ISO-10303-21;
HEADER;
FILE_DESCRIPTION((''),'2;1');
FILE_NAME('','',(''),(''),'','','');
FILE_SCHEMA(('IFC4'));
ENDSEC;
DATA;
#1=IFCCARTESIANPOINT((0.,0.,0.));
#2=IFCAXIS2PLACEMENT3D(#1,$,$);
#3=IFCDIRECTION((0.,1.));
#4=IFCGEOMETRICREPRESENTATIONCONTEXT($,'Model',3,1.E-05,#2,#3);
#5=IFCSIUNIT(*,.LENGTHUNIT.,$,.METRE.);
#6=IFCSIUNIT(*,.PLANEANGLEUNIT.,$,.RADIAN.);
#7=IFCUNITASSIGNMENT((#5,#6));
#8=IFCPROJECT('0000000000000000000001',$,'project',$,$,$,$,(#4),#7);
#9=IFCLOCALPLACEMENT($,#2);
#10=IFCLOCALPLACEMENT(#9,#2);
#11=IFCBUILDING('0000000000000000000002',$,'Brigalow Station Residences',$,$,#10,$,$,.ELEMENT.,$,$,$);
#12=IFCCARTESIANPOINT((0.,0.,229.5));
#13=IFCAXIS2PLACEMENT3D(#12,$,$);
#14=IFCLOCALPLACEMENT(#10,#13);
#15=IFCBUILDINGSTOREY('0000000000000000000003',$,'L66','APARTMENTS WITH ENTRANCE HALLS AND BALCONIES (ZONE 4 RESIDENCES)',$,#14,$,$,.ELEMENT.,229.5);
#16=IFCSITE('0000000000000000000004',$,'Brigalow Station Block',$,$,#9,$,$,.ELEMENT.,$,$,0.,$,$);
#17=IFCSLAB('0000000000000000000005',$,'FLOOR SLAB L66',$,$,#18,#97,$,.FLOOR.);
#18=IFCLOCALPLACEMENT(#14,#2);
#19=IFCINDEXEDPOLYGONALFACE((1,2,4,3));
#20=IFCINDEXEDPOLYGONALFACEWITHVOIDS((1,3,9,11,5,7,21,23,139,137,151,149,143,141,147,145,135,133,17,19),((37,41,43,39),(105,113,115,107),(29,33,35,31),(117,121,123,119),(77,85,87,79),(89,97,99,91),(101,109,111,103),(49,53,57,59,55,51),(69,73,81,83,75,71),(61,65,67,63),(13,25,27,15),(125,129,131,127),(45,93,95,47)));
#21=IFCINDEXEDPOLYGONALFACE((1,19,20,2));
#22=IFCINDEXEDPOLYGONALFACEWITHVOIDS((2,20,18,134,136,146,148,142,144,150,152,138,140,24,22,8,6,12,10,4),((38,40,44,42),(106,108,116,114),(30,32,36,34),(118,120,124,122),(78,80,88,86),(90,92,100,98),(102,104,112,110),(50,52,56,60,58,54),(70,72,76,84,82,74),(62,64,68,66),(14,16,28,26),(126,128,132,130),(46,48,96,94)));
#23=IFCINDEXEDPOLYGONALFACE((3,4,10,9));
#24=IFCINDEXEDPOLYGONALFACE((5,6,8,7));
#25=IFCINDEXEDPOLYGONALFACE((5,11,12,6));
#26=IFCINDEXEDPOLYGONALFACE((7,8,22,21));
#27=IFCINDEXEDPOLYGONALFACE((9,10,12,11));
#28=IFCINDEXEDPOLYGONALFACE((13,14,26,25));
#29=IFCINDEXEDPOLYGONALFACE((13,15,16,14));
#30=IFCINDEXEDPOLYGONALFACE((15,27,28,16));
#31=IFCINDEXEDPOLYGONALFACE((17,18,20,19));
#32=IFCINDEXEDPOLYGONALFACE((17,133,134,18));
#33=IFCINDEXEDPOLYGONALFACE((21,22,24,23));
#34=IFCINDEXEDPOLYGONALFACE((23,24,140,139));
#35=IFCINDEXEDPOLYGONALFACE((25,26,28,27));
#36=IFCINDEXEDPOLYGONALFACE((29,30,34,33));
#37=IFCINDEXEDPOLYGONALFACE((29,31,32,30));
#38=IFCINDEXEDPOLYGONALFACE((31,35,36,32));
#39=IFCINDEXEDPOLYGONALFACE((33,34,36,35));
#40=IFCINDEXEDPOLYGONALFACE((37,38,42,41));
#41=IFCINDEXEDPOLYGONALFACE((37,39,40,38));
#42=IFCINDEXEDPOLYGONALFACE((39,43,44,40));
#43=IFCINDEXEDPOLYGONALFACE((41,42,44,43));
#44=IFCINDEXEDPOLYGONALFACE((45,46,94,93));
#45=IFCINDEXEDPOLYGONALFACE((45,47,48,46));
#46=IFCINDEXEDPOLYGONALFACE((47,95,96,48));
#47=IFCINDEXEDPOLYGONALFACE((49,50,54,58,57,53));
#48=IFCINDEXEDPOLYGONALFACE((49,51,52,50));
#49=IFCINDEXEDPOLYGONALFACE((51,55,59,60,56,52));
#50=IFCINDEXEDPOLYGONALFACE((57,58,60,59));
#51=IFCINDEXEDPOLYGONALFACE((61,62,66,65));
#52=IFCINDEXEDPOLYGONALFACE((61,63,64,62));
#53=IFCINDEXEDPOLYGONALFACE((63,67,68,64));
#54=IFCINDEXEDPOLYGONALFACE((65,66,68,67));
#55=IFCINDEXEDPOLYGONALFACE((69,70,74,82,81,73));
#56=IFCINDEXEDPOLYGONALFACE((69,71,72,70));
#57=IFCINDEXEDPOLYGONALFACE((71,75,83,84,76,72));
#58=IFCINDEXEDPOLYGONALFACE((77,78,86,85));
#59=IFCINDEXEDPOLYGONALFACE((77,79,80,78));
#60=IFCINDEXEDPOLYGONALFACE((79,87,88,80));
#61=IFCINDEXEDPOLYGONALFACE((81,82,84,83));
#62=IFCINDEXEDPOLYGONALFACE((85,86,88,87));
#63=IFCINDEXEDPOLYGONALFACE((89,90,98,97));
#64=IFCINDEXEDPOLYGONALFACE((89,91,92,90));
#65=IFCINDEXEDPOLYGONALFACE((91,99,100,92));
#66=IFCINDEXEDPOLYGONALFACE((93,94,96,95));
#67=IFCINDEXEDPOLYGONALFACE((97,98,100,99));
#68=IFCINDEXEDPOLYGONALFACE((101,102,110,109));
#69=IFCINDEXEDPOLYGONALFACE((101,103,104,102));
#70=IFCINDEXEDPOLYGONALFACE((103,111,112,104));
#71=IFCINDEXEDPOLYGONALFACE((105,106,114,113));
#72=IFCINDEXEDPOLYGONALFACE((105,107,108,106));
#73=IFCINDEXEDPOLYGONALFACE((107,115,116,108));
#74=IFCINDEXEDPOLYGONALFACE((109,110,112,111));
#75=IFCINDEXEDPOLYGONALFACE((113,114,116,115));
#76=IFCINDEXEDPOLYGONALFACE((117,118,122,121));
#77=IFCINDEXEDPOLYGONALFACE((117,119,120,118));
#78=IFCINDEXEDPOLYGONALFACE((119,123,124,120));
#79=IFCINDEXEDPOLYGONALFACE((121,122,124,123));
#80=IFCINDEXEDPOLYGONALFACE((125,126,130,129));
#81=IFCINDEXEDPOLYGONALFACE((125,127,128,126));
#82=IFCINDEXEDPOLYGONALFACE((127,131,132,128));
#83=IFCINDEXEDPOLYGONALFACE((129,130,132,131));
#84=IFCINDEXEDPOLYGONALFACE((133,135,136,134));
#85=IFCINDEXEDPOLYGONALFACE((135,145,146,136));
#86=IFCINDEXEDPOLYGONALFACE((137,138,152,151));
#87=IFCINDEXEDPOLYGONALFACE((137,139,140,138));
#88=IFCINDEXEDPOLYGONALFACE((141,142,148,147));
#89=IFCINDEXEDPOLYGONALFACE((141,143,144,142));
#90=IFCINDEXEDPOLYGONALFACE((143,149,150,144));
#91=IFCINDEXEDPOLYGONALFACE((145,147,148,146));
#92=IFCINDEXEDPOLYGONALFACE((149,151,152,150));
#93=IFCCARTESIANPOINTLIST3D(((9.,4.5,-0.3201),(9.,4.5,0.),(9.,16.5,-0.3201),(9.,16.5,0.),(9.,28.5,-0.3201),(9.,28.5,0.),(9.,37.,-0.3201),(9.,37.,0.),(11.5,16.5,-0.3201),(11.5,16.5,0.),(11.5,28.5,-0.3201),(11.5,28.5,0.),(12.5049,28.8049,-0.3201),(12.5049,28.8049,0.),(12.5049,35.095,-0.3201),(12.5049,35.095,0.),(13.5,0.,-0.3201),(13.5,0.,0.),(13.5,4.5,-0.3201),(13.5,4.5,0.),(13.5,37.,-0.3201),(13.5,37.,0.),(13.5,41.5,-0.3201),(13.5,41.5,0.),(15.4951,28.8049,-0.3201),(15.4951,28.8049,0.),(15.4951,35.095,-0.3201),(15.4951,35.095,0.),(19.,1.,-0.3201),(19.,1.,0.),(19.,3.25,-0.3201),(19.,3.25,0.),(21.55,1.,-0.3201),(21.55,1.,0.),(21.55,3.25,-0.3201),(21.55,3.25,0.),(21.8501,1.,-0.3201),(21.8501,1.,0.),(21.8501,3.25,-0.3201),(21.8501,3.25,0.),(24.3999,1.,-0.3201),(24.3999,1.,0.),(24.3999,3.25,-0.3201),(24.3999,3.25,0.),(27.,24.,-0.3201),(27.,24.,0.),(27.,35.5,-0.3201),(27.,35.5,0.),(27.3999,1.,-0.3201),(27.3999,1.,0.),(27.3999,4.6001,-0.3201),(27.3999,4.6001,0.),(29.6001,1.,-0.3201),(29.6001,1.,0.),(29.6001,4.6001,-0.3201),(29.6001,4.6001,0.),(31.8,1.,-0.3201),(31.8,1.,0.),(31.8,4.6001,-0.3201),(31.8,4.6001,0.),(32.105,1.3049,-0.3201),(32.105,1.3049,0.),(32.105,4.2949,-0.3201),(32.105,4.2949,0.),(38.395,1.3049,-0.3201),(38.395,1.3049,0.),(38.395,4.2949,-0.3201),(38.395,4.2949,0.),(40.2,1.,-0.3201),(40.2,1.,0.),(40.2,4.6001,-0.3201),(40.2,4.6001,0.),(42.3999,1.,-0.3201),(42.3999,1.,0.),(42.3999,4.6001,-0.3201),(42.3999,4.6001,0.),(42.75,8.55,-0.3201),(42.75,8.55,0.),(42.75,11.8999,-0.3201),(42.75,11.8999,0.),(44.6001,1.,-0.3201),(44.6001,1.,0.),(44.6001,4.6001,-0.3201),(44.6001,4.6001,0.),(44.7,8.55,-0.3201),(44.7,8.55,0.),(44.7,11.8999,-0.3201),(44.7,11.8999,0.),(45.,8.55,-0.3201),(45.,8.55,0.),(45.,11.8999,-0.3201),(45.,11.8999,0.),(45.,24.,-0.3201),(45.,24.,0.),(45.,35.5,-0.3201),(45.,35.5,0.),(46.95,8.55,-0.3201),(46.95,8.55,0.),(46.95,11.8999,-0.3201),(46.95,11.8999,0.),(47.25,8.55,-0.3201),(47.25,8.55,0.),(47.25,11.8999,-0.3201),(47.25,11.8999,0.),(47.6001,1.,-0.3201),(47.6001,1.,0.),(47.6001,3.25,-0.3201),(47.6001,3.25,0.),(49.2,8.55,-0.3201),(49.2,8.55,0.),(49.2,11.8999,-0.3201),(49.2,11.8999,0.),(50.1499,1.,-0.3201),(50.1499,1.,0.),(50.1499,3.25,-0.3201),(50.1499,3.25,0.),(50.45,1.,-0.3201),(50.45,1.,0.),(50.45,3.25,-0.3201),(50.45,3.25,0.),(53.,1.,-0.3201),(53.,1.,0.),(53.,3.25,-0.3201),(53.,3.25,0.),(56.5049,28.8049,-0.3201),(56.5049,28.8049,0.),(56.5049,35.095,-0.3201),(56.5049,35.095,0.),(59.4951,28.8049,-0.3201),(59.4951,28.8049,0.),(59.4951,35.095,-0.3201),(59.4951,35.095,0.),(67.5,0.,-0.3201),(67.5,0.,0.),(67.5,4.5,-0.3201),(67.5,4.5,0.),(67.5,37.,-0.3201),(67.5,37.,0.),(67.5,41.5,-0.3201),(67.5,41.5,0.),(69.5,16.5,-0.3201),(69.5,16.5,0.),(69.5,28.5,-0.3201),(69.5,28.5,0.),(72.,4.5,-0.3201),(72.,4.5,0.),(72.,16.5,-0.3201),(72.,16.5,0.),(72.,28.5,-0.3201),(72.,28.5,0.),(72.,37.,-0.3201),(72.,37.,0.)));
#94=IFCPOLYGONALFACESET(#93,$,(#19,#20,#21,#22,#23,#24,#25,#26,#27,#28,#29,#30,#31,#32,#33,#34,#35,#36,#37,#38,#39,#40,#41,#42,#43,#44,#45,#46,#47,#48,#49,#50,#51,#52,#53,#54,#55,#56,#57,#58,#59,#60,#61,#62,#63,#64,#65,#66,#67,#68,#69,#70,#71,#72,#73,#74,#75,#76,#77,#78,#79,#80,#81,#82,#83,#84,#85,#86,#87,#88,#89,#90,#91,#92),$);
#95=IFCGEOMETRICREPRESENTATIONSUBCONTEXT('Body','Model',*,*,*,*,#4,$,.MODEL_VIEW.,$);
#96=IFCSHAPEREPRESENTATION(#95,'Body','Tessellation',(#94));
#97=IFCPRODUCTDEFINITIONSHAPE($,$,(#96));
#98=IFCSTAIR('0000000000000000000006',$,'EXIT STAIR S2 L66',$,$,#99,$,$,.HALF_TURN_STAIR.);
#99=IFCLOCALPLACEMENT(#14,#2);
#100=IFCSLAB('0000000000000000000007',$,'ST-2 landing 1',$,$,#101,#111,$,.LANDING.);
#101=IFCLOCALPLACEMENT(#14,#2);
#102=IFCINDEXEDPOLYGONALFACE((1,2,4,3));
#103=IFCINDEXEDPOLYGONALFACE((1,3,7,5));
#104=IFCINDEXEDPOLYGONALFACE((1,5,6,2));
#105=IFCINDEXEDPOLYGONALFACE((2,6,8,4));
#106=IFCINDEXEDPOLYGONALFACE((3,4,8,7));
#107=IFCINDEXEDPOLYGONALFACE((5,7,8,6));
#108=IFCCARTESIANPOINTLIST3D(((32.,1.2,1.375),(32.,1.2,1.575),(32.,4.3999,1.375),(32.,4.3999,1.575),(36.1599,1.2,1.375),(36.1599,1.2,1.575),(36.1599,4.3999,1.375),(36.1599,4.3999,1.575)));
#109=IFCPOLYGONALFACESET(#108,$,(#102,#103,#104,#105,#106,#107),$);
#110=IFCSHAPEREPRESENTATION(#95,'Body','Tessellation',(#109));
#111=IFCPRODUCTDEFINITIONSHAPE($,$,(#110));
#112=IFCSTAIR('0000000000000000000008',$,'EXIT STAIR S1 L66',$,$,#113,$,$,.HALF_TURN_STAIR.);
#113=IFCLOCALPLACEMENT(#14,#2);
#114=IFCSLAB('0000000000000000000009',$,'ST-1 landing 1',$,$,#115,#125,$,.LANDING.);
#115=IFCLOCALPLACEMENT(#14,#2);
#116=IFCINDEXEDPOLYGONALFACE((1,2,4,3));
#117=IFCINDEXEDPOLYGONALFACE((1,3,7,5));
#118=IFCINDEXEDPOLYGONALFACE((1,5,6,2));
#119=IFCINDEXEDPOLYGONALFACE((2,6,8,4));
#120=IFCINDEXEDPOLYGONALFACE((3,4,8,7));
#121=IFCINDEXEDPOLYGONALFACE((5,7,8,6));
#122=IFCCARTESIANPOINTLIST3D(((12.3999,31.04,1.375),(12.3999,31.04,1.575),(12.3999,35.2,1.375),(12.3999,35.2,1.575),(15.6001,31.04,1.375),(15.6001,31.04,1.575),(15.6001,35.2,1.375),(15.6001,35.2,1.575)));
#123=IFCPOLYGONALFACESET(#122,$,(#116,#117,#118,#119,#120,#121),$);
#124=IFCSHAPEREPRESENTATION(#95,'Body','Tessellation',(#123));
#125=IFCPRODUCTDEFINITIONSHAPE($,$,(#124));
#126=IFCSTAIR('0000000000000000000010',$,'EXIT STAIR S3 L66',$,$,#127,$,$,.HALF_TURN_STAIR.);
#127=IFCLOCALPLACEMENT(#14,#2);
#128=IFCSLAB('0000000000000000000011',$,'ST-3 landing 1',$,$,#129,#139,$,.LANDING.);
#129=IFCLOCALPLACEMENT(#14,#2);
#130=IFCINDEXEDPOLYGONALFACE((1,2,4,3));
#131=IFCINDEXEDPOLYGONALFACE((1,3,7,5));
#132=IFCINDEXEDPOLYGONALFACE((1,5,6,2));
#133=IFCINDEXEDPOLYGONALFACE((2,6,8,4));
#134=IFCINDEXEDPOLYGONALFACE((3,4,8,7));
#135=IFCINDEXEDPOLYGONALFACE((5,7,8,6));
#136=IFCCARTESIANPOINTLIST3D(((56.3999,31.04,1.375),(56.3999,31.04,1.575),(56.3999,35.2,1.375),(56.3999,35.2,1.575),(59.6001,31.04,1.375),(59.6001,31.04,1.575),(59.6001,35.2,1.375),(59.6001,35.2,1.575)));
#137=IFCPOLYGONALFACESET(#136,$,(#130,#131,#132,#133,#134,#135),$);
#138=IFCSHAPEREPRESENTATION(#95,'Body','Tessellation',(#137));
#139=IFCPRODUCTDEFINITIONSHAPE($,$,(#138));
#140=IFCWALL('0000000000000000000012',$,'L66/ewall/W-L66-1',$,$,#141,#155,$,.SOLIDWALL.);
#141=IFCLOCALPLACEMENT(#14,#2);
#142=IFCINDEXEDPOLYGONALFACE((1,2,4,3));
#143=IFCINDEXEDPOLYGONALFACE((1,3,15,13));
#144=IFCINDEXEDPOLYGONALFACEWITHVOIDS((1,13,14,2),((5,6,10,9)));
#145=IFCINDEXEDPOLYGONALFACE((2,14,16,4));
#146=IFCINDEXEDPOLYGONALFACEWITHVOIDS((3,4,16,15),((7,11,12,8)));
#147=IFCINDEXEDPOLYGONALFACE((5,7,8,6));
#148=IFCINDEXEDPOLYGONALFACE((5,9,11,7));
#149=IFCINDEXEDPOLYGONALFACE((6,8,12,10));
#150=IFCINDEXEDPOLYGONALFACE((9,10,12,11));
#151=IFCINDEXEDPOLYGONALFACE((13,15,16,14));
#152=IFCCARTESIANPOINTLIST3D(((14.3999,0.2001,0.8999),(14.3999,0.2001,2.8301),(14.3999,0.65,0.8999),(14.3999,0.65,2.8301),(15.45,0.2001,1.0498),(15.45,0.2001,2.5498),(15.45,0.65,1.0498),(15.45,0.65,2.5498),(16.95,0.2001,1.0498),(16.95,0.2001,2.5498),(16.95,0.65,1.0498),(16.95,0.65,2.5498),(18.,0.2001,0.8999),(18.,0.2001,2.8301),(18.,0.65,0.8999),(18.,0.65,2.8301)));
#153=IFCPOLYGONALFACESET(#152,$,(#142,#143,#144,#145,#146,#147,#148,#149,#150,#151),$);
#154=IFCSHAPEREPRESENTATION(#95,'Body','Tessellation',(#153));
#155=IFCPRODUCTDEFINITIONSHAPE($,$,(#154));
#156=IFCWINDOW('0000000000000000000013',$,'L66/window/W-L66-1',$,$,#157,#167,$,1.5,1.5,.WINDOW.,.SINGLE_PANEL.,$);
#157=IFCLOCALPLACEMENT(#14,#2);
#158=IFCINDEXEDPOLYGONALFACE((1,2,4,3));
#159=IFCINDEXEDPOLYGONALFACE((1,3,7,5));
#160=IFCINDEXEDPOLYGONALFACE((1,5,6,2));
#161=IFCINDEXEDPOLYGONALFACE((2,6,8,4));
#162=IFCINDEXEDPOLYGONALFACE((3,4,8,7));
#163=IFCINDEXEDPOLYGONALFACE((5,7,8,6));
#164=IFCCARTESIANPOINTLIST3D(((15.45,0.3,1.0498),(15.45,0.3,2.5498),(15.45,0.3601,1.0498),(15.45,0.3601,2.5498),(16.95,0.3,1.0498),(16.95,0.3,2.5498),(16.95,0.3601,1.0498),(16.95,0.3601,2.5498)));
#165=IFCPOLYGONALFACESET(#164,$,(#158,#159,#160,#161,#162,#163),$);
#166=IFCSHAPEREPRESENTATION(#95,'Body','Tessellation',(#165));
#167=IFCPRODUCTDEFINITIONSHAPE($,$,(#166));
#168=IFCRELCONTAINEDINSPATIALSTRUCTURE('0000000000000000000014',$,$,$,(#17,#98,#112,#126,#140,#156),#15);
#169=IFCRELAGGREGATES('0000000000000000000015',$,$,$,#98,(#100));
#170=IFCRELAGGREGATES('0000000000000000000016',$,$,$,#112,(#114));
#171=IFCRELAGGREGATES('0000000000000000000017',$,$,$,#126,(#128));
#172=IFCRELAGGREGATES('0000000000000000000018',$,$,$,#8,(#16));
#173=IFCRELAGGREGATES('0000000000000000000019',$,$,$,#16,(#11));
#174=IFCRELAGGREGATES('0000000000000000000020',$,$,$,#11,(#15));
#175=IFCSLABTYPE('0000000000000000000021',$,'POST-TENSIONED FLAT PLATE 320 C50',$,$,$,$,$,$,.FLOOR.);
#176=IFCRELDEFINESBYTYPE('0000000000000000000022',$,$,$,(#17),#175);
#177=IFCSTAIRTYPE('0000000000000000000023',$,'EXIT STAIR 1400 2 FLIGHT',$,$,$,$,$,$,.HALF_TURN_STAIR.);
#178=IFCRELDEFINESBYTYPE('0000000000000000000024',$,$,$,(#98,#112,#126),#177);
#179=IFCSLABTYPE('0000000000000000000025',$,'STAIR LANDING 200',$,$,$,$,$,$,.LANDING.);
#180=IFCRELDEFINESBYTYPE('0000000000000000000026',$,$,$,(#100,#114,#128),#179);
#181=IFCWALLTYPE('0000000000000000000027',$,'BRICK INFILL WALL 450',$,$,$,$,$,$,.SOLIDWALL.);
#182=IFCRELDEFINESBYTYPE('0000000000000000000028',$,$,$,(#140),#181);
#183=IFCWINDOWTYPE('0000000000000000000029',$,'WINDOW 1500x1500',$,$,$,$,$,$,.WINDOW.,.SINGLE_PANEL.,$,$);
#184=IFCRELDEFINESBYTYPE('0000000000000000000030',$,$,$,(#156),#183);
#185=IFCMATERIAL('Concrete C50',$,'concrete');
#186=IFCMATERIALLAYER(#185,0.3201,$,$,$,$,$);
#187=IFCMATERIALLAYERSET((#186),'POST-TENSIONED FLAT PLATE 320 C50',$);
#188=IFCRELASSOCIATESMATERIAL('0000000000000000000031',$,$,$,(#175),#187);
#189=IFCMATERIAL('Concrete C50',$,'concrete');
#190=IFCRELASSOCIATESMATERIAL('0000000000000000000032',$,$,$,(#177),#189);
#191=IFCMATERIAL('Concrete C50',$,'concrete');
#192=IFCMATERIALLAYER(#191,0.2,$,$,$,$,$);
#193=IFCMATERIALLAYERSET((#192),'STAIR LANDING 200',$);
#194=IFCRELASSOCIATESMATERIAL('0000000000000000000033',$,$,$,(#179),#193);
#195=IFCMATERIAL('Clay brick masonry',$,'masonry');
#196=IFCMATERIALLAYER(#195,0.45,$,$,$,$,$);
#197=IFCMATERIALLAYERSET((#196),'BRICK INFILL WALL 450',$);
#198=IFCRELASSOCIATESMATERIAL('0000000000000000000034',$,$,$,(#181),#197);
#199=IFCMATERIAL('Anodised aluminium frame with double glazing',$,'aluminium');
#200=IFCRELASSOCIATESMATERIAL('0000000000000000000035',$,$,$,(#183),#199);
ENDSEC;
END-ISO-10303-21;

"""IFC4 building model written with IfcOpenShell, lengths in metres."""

from ifc_helpers import new_model, si_unit, direction, frame, frame_2d, origin, place, context, subcontext, project, spatial, polyline, rectangle, outline, extrude, material, layer, layer_set, type_object, element, fill, aggregate, save


model = new_model("IFC4")

# Units and contexts
model_context = context("Model", 3, precision=1e-05, world=origin(), true_north=direction((0.0, 1.0)))
body_context = subcontext(model_context, "Body", "Model", "MODEL_VIEW")
ifc_project = project(units=[si_unit("LENGTHUNIT", "METRE"), si_unit("PLANEANGLEUNIT", "RADIAN")], contexts=[model_context])

# Site, building, storey
site_placement = place(None, origin())
site = spatial("IfcSite", under=ifc_project, at=site_placement, Name="Brigalow Station Block", CompositionType="ELEMENT", RefElevation=0.0)
building_placement = place(site_placement, origin())
building = spatial("IfcBuilding", under=site, at=building_placement, Name="Brigalow Station Residences", CompositionType="ELEMENT")
storey_placement = place(building_placement, frame((0.0, 0.0, 229.5)))
storey = spatial("IfcBuildingStorey", under=building, at=storey_placement, Name="L66", Description="APARTMENTS WITH ENTRANCE HALLS AND BALCONIES (ZONE 4 RESIDENCES)", CompositionType="ELEMENT", Elevation=229.5)

# Slab
ifc_material_1 = material(Name="Concrete C50", Category="concrete")
ifc_layer_1 = layer(ifc_material_1, 0.3201)
ifc_layer_set_1 = layer_set([ifc_layer_1], Name="POST-TENSIONED FLAT PLATE 320 C50")
slab_type_1 = type_object("IfcSlabType", Name="POST-TENSIONED FLAT PLATE 320 C50", PredefinedType="FLOOR", material=ifc_layer_set_1)
slab_1_placement = place(storey_placement, frame((0.0, 0.0, -0.3201)))
element("IfcSlab", 1, at=slab_1_placement, inside=storey, type_object=slab_type_1, Name="FLOOR SLAB L66", PredefinedType="FLOOR", context=body_context, shape_type="SweptSolid", body=[
    extrude(outline(polyline([(13.5, 0.0), (67.5, 0.0), (67.5, 4.5), (72.0, 4.5), (72.0, 16.5), (69.5, 16.5), (69.5, 28.5), (72.0, 28.5), (72.0, 37.0), (67.5, 37.0), (67.5, 41.5), (13.5, 41.5), (13.5, 37.0), (9.0, 37.0), (9.0, 28.5), (11.5, 28.5), (11.5, 16.5), (9.0, 16.5), (9.0, 4.5), (13.5, 4.5), (13.5, 0.0)]), holes=[polyline([(12.5049, 35.095), (15.4951, 35.095), (15.4951, 28.8049), (12.5049, 28.8049), (12.5049, 35.095)]), polyline([(19.0, 1.0), (19.0, 3.25), (21.55, 3.25), (21.55, 1.0), (19.0, 1.0)]), polyline([(21.8501, 3.25), (24.3999, 3.25), (24.3999, 1.0), (21.8501, 1.0), (21.8501, 3.25)]), polyline([(27.0, 35.5), (45.0, 35.5), (45.0, 24.0), (27.0, 24.0), (27.0, 35.5)]), polyline([(29.6001, 4.6001), (31.8, 4.6001), (31.8, 1.0), (29.6001, 1.0), (27.3999, 1.0), (27.3999, 4.6001), (29.6001, 4.6001)]), polyline([(32.105, 4.2949), (38.395, 4.2949), (38.395, 1.3049), (32.105, 1.3049), (32.105, 4.2949)]), polyline([(40.2, 4.6001), (42.3999, 4.6001), (44.6001, 4.6001), (44.6001, 1.0), (42.3999, 1.0), (40.2, 1.0), (40.2, 4.6001)]), polyline([(42.75, 11.8999), (44.7, 11.8999), (44.7, 8.55), (42.75, 8.55), (42.75, 11.8999)]), polyline([(45.0, 11.8999), (46.95, 11.8999), (46.95, 8.55), (45.0, 8.55), (45.0, 11.8999)]), polyline([(47.25, 11.8999), (49.2, 11.8999), (49.2, 8.55), (47.25, 8.55), (47.25, 11.8999)]), polyline([(47.6001, 3.25), (50.1499, 3.25), (50.1499, 1.0), (47.6001, 1.0), (47.6001, 3.25)]), polyline([(50.45, 3.25), (53.0, 3.25), (53.0, 1.0), (50.45, 1.0), (50.45, 3.25)]), polyline([(56.5049, 35.095), (59.4951, 35.095), (59.4951, 28.8049), (56.5049, 28.8049), (56.5049, 35.095)])]), origin(), (0.0, 0.0, 1.0), 0.3201),
])

# Stairs, slabs
ifc_material_2 = material(Name="Concrete C50", Category="concrete")
stair_type = type_object("IfcStairType", Name="EXIT STAIR 1400 2 FLIGHT", PredefinedType="HALF_TURN_STAIR", material=ifc_material_2)
stair_1_placement = place(storey_placement, origin())
stair_1 = element("IfcStair", 2, at=stair_1_placement, inside=storey, type_object=stair_type, Name="EXIT STAIR S2 L66", PredefinedType="HALF_TURN_STAIR")
ifc_material_3 = material(Name="Concrete C50", Category="concrete")
ifc_layer_2 = layer(ifc_material_3, 0.2)
ifc_layer_set_2 = layer_set([ifc_layer_2], Name="STAIR LANDING 200")
slab_type_2 = type_object("IfcSlabType", Name="STAIR LANDING 200", PredefinedType="LANDING", material=ifc_layer_set_2)
slab_2_placement = place(storey_placement, frame((0.0, 0.0, 1.375)))
slab_2 = element("IfcSlab", 3, at=slab_2_placement, type_object=slab_type_2, Name="ST-2 landing 1", PredefinedType="LANDING", context=body_context, shape_type="SweptSolid", body=[
    extrude(outline(polyline([(32.0, 1.2), (36.1599, 1.2), (36.1599, 4.3999), (32.0, 4.3999), (32.0, 1.2)])), origin(), (0.0, 0.0, 1.0), 0.2),
])
aggregate(stair_1, [slab_2])
stair_2_placement = place(storey_placement, origin())
stair_2 = element("IfcStair", 4, at=stair_2_placement, inside=storey, type_object=stair_type, Name="EXIT STAIR S1 L66", PredefinedType="HALF_TURN_STAIR")
slab_3_placement = place(storey_placement, frame((0.0, 0.0, 1.375)))
slab_3 = element("IfcSlab", 5, at=slab_3_placement, type_object=slab_type_2, Name="ST-1 landing 1", PredefinedType="LANDING", context=body_context, shape_type="SweptSolid", body=[
    extrude(outline(polyline([(12.3999, 31.04), (15.6001, 31.04), (15.6001, 35.2), (12.3999, 35.2), (12.3999, 31.04)])), origin(), (0.0, 0.0, 1.0), 0.2),
])
aggregate(stair_2, [slab_3])
stair_3_placement = place(storey_placement, origin())
stair_3 = element("IfcStair", 6, at=stair_3_placement, inside=storey, type_object=stair_type, Name="EXIT STAIR S3 L66", PredefinedType="HALF_TURN_STAIR")
slab_4_placement = place(storey_placement, frame((0.0, 0.0, 1.375)))
slab_4 = element("IfcSlab", 7, at=slab_4_placement, type_object=slab_type_2, Name="ST-3 landing 1", PredefinedType="LANDING", context=body_context, shape_type="SweptSolid", body=[
    extrude(outline(polyline([(56.3999, 31.04), (59.6001, 31.04), (59.6001, 35.2), (56.3999, 35.2), (56.3999, 31.04)])), origin(), (0.0, 0.0, 1.0), 0.2),
])
aggregate(stair_3, [slab_4])

# Wall, opening, window
ifc_material_4 = material(Name="Clay brick masonry", Category="masonry")
ifc_layer_3 = layer(ifc_material_4, 0.45)
ifc_layer_set_3 = layer_set([ifc_layer_3], Name="BRICK INFILL WALL 450")
wall_type_1 = type_object("IfcWallType", Name="BRICK INFILL WALL 450", PredefinedType="SOLIDWALL", material=ifc_layer_set_3)
wall_1_placement = place(storey_placement, frame((14.3999, 0.425, 0.8999), z_axis=(0.0, 0.0, 1.0), x_axis=(1.0, 0.0, 0.0)))
wall_1 = element("IfcWall", 8, at=wall_1_placement, inside=storey, type_object=wall_type_1, Name="L66/ewall/W-L66-1", PredefinedType="SOLIDWALL", context=body_context, shape_type="SweptSolid", body=[
    extrude(rectangle(XDim=3.6001, YDim=0.45, at=frame_2d((1.8, 0.0))), origin(), (0.0, 0.0, 1.0), 1.9302),
])
opening_1_placement = place(wall_1_placement, frame((1.05, 0.0, 0.1499)))
opening_1 = element("IfcOpeningElement", 9, at=opening_1_placement, cuts=wall_1, PredefinedType="OPENING", context=body_context, shape_type="SweptSolid", body=[
    extrude(rectangle(XDim=1.5, YDim=1.5, at=frame_2d((0.75, 0.75))), frame((0.0, 0.2349, 0.0), z_axis=(0.0, -1.0, 0.0), x_axis=(1.0, 0.0, 0.0)), (0.0, 0.0, 1.0), 0.47),
])
ifc_material_5 = material(Name="Anodised aluminium frame with double glazing", Category="aluminium")
window_type_1 = type_object("IfcWindowType", Name="WINDOW 1500x1500", PartitioningType="SINGLE_PANEL", PredefinedType="WINDOW", material=ifc_material_5)
window_1_placement = place(opening_1_placement, origin())
window_1 = element("IfcWindow", 10, at=window_1_placement, inside=storey, type_object=window_type_1, Name="L66/window/W-L66-1", OverallHeight=1.5, OverallWidth=1.5, PartitioningType="SINGLE_PANEL", PredefinedType="WINDOW", context=body_context, shape_type="SweptSolid", body=[
    extrude(rectangle(XDim=1.5, YDim=1.5, at=frame_2d((0.75, 0.75))), frame((0.0, -0.0649, 0.0), z_axis=(0.0, -1.0, 0.0), x_axis=(1.0, 0.0, 0.0)), (0.0, 0.0, 1.0), 0.0601),
])
fill(opening_1, window_1)

save(model, "model.ifc")
